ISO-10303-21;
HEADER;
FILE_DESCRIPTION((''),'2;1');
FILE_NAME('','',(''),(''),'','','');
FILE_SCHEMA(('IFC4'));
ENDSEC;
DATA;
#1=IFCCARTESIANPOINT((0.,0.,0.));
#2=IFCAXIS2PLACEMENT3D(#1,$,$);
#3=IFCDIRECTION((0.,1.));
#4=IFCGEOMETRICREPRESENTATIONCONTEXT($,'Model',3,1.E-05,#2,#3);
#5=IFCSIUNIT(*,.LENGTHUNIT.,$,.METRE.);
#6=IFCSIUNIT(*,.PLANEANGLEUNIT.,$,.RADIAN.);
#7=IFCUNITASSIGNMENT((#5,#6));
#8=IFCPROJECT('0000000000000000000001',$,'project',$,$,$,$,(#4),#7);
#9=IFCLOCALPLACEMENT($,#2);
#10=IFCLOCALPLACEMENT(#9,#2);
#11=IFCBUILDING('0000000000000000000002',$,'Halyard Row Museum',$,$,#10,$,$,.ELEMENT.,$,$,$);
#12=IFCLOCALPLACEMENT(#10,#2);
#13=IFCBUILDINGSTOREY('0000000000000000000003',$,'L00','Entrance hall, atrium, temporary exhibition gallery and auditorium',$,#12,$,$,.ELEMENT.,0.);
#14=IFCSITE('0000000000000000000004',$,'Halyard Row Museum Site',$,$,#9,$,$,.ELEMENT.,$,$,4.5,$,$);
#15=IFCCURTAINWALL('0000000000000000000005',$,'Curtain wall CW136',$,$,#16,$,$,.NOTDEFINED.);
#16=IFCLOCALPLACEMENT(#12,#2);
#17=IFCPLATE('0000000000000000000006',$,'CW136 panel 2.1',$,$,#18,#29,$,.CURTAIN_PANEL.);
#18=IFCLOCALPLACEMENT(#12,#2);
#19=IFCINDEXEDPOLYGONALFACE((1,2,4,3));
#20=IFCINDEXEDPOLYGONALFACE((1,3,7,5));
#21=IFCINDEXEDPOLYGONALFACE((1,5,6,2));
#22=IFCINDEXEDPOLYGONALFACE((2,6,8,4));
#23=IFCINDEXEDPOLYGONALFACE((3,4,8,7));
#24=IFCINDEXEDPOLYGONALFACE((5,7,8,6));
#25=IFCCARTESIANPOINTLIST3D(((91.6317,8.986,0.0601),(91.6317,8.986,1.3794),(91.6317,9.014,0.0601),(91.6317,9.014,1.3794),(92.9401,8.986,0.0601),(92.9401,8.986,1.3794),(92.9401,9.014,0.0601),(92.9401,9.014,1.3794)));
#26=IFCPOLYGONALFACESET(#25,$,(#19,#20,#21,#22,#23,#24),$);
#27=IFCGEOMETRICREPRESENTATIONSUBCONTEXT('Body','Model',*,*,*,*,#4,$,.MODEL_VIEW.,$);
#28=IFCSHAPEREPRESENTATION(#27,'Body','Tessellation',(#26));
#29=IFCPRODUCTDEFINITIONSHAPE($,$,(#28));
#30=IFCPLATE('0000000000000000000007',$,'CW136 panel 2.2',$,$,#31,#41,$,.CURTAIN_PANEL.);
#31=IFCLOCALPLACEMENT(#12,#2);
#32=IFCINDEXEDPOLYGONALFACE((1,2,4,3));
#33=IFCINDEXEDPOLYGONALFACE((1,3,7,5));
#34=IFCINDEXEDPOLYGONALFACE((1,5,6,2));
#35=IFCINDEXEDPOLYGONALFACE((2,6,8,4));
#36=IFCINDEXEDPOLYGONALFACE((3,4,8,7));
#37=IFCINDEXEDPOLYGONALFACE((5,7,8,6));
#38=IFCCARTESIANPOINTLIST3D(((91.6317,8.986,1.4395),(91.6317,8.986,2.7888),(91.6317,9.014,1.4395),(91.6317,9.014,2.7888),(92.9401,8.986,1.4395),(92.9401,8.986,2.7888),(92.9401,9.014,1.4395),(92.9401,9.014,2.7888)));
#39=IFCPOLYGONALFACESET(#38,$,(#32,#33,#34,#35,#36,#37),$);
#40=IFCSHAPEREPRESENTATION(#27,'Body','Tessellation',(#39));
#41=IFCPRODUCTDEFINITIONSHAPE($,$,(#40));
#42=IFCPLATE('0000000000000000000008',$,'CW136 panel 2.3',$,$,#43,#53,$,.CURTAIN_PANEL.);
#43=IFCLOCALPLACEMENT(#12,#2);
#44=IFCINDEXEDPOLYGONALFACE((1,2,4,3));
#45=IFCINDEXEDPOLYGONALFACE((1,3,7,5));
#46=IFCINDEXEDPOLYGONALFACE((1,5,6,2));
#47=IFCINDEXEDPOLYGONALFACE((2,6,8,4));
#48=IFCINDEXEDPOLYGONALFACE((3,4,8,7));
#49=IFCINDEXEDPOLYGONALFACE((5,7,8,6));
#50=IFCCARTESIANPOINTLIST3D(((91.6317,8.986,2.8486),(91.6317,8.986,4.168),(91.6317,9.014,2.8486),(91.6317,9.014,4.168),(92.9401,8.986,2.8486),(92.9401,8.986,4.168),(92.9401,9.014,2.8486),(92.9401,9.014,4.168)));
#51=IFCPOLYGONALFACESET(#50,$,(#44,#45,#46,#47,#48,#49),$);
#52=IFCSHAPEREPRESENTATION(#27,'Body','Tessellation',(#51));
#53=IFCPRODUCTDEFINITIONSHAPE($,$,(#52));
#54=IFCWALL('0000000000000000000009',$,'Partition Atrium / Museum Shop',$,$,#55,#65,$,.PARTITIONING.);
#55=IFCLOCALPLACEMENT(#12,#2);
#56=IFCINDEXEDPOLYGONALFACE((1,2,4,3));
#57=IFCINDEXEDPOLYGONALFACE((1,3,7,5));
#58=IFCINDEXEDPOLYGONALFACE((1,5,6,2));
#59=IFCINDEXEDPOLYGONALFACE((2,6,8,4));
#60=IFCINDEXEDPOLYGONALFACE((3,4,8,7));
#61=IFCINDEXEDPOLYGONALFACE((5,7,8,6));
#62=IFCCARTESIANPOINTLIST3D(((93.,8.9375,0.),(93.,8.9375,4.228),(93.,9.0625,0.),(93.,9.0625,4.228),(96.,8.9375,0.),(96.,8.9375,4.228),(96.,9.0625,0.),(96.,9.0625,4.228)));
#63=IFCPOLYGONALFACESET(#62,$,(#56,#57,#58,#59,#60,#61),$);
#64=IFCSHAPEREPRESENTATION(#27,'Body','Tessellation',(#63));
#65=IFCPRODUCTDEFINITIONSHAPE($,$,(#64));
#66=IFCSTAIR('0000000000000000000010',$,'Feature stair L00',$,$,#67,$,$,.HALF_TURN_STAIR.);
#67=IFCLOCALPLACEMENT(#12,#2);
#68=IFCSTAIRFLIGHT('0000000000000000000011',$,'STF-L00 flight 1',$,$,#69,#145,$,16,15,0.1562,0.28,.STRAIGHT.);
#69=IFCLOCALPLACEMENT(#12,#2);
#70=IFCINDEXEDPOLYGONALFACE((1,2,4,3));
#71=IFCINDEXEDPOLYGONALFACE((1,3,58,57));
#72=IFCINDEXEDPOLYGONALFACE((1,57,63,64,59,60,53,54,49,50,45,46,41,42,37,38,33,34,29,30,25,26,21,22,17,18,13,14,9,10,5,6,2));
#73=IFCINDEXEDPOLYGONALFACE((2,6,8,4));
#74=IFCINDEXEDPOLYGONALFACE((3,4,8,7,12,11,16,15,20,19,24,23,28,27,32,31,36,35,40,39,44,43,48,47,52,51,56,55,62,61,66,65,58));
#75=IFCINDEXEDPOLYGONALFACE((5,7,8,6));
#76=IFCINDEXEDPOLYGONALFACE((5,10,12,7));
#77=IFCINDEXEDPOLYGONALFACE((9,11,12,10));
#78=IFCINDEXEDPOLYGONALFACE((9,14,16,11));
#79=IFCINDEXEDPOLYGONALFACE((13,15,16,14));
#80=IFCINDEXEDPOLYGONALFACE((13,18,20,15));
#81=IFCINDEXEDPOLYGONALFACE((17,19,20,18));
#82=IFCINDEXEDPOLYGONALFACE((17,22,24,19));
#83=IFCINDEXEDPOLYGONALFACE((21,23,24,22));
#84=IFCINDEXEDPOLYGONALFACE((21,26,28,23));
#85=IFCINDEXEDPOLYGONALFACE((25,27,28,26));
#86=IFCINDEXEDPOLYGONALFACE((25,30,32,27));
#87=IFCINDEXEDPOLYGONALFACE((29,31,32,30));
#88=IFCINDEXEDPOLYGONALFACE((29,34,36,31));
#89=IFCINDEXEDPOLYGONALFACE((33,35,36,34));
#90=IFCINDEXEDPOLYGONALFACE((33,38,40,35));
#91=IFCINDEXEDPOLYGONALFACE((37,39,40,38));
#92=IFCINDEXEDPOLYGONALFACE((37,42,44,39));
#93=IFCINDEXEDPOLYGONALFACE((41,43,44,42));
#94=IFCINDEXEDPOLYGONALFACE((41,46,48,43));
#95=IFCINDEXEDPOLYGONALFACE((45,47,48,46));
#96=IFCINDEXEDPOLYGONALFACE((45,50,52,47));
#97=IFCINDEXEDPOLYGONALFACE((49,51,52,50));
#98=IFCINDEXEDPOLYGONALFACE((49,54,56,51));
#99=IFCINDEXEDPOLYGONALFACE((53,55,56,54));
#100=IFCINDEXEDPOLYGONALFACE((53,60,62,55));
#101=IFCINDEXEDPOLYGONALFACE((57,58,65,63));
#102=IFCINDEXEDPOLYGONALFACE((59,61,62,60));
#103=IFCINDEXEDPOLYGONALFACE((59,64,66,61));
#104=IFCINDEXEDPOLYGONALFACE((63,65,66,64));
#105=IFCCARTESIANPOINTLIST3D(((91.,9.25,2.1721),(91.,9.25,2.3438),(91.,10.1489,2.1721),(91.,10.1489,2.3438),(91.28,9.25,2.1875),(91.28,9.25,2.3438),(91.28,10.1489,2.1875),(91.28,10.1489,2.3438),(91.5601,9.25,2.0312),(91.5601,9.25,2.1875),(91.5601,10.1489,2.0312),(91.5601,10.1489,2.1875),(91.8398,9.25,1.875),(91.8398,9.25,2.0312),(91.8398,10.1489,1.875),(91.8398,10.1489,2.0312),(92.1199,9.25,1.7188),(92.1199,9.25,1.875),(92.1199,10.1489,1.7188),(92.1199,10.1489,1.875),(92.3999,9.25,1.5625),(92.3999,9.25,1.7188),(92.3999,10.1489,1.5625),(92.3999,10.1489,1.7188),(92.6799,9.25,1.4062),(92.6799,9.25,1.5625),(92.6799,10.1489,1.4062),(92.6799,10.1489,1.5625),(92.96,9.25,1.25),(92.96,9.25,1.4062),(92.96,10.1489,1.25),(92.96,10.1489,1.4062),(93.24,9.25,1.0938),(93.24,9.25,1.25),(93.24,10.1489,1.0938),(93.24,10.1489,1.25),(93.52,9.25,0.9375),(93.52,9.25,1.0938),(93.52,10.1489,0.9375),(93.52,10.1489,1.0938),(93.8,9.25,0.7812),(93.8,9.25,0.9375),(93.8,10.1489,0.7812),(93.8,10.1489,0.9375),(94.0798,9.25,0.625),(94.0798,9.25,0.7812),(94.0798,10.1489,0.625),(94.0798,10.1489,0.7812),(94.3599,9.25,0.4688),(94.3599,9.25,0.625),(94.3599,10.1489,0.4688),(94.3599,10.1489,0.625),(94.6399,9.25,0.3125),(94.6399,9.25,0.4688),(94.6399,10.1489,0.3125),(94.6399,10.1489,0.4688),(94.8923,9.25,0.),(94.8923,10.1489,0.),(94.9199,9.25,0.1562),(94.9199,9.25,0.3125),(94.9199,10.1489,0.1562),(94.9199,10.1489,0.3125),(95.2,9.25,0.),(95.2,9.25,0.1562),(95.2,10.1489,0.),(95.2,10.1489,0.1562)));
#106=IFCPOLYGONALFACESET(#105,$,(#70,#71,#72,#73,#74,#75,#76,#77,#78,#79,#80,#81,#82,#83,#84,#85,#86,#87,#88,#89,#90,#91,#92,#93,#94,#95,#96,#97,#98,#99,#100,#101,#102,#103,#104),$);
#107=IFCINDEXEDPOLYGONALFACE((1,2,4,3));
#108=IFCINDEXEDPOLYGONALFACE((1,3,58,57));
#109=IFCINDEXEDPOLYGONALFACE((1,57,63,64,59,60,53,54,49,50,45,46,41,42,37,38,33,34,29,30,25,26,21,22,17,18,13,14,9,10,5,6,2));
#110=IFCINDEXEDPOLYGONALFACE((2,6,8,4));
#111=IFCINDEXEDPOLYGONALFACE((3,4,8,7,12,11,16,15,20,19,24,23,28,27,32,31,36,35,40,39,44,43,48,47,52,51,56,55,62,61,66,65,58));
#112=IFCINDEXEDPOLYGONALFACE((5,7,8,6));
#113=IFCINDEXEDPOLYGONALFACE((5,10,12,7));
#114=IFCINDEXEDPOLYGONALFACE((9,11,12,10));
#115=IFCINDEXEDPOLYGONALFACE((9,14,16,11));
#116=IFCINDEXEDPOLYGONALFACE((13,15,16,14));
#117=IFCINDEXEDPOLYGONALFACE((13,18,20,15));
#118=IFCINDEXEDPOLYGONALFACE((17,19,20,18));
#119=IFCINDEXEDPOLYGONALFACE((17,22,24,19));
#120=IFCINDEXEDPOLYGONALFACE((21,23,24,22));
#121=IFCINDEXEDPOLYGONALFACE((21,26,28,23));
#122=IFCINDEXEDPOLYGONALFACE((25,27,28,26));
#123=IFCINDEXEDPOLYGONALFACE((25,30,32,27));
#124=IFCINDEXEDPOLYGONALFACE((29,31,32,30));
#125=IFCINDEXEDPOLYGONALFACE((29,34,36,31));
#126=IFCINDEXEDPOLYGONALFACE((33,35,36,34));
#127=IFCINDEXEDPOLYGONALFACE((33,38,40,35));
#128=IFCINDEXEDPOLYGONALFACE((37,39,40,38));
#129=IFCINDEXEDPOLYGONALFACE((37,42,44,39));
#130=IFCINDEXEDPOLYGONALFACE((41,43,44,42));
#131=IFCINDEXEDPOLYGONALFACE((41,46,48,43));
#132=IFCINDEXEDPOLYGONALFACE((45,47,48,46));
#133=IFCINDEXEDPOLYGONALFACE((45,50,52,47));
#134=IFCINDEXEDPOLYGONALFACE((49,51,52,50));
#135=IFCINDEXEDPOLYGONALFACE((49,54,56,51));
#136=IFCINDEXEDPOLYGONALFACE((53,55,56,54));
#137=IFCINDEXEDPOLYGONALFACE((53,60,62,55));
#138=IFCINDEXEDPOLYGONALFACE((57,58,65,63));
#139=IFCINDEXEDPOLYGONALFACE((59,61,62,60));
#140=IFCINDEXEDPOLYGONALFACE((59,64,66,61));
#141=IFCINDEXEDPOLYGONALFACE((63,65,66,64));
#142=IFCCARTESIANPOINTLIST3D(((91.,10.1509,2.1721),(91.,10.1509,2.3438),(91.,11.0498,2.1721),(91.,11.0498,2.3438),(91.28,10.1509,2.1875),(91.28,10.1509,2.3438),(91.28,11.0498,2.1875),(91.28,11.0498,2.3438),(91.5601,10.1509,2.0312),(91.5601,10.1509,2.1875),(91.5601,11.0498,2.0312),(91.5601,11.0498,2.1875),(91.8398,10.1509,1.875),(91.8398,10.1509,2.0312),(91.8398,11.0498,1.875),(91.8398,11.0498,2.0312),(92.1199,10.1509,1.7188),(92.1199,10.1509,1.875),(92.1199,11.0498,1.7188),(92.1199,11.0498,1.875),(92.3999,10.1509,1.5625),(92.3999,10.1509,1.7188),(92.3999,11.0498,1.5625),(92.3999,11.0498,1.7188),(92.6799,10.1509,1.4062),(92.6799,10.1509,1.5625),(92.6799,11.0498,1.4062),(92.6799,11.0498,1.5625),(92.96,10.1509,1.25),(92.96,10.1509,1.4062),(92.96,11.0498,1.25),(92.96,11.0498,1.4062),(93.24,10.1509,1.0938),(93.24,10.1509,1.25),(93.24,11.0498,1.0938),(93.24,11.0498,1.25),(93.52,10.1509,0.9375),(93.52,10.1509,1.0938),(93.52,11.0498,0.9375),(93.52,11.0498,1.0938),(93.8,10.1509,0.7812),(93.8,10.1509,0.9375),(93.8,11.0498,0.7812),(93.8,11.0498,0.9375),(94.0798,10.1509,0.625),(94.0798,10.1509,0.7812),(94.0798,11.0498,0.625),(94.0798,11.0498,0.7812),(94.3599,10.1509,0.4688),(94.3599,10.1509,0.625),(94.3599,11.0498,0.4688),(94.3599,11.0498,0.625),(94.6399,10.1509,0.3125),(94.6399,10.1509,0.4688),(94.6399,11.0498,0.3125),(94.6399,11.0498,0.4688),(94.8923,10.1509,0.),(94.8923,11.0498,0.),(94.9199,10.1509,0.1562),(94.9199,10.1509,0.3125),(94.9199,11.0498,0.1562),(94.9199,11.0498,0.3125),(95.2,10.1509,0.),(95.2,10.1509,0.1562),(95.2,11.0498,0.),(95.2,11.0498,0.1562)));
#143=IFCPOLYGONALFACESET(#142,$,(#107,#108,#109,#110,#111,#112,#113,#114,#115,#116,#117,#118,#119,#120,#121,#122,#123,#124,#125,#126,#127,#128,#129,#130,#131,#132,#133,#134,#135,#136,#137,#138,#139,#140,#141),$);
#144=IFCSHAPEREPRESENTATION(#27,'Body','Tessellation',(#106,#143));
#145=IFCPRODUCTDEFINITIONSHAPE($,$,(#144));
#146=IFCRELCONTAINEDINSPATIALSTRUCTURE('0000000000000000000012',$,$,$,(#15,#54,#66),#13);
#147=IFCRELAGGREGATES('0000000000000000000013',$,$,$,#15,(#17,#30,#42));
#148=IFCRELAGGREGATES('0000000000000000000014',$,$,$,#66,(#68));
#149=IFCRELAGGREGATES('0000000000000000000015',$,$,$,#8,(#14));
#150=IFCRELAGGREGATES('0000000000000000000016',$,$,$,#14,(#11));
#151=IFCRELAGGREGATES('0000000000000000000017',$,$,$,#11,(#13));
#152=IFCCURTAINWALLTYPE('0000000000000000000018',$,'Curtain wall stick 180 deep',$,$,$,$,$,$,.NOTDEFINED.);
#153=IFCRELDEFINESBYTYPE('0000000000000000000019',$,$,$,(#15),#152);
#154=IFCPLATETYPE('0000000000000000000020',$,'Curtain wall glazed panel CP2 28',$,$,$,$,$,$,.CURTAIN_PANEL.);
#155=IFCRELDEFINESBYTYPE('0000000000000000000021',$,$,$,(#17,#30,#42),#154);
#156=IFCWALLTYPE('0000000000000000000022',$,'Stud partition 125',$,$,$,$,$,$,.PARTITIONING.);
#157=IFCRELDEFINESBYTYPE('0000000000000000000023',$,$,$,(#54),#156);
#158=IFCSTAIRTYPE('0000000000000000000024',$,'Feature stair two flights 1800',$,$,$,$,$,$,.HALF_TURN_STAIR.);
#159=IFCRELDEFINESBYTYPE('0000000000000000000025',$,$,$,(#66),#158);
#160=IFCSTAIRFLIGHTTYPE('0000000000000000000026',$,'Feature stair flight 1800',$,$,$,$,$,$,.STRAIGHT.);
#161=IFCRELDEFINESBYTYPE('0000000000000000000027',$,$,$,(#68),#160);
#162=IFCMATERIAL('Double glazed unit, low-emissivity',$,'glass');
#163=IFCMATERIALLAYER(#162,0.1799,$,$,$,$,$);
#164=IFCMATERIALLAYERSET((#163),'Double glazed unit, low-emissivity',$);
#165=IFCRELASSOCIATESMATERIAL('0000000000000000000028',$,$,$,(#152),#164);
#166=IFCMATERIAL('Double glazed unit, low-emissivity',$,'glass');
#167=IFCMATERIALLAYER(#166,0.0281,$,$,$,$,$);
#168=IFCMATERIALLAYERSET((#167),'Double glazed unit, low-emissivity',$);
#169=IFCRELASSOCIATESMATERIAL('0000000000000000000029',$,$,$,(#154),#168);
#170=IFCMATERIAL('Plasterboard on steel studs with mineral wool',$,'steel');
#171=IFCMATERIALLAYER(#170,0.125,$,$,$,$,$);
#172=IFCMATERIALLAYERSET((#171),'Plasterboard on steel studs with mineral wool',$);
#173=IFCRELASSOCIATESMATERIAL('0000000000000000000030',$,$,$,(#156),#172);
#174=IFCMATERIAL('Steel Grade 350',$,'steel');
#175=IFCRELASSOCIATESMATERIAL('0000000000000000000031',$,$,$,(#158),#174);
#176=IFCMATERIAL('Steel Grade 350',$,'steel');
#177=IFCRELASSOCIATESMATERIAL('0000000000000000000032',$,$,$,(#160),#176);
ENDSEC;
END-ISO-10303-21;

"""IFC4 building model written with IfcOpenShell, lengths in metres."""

from ifc_helpers import new_model, si_unit, direction, frame, frame_2d, origin, origin_2d, place, context, subcontext, project, spatial, polyline, rectangle, outline, extrude, material, layer, layer_set, type_object, element, aggregate, save


model = new_model("IFC4")

# Units and contexts
model_context = context("Model", 3, precision=1e-05, world=origin(), true_north=direction((0.0, 1.0)))
body_context = subcontext(model_context, "Body", "Model", "MODEL_VIEW")
ifc_project = project(units=[si_unit("LENGTHUNIT", "METRE"), si_unit("PLANEANGLEUNIT", "RADIAN")], contexts=[model_context])

# Site, building, storey
site_placement = place(None, origin())
site = spatial("IfcSite", under=ifc_project, at=site_placement, Name="Halyard Row Museum Site", CompositionType="ELEMENT", RefElevation=4.5)
building_placement = place(site_placement, origin())
building = spatial("IfcBuilding", under=site, at=building_placement, Name="Halyard Row Museum", CompositionType="ELEMENT")
storey_placement = place(building_placement, origin())
storey = spatial("IfcBuildingStorey", under=building, at=storey_placement, Name="L00", Description="Entrance hall, atrium, temporary exhibition gallery and auditorium", CompositionType="ELEMENT", Elevation=0.0)

# Curtain wall
ifc_material_1 = material(Name="Double glazed unit, low-emissivity", Category="glass")
ifc_layer_1 = layer(ifc_material_1, 0.1799)
ifc_layer_set_1 = layer_set([ifc_layer_1], Name="Double glazed unit, low-emissivity")
curtain_wall_type = type_object("IfcCurtainWallType", Name="Curtain wall stick 180 deep", PredefinedType="NOTDEFINED", material=ifc_layer_set_1)
curtain_wall_1_placement = place(storey_placement, origin())
curtain_wall_1 = element("IfcCurtainWall", 1, at=curtain_wall_1_placement, inside=storey, type_object=curtain_wall_type, Name="Curtain wall CW136", PredefinedType="NOTDEFINED")

# Plates
ifc_material_2 = material(Name="Double glazed unit, low-emissivity", Category="glass")
ifc_layer_2 = layer(ifc_material_2, 0.0281)
ifc_layer_set_2 = layer_set([ifc_layer_2], Name="Double glazed unit, low-emissivity")
plate_type = type_object("IfcPlateType", Name="Curtain wall glazed panel CP2 28", PredefinedType="CURTAIN_PANEL", material=ifc_layer_set_2)
plate_1_placement = place(storey_placement, frame((92.2859, 9.0, 0.0601), z_axis=(0.0, 0.0, 1.0), x_axis=(1.0, 0.0, 0.0)))
plate_1 = element("IfcPlate", 2, at=plate_1_placement, type_object=plate_type, Name="CW136 panel 2.1", PredefinedType="CURTAIN_PANEL", context=body_context, shape_type="SweptSolid", body=[
    extrude(rectangle(XDim=1.3083, YDim=0.0281, at=origin_2d()), origin(), (0.0, 0.0, 1.0), 1.3193),
])
plate_2_placement = place(storey_placement, frame((92.2859, 9.0, 1.4395), z_axis=(0.0, 0.0, 1.0), x_axis=(1.0, 0.0, 0.0)))
plate_2 = element("IfcPlate", 3, at=plate_2_placement, type_object=plate_type, Name="CW136 panel 2.2", PredefinedType="CURTAIN_PANEL", context=body_context, shape_type="SweptSolid", body=[
    extrude(rectangle(XDim=1.3083, YDim=0.0281, at=origin_2d()), origin(), (0.0, 0.0, 1.0), 1.3494),
])
plate_3_placement = place(storey_placement, frame((92.2859, 9.0, 2.8486), z_axis=(0.0, 0.0, 1.0), x_axis=(1.0, 0.0, 0.0)))
plate_3 = element("IfcPlate", 4, at=plate_3_placement, type_object=plate_type, Name="CW136 panel 2.3", PredefinedType="CURTAIN_PANEL", context=body_context, shape_type="SweptSolid", body=[
    extrude(rectangle(XDim=1.3083, YDim=0.0281, at=origin_2d()), origin(), (0.0, 0.0, 1.0), 1.3193),
])
aggregate(curtain_wall_1, [plate_1, plate_2, plate_3])

# Wall
ifc_material_3 = material(Name="Plasterboard on steel studs with mineral wool", Category="steel")
ifc_layer_3 = layer(ifc_material_3, 0.125)
ifc_layer_set_3 = layer_set([ifc_layer_3], Name="Plasterboard on steel studs with mineral wool")
wall_type = type_object("IfcWallType", Name="Stud partition 125", PredefinedType="PARTITIONING", material=ifc_layer_set_3)
wall_placement = place(storey_placement, frame((93.0, 9.0, 0.0), z_axis=(0.0, 0.0, 1.0), x_axis=(1.0, 0.0, 0.0)))
element("IfcWall", 5, at=wall_placement, inside=storey, type_object=wall_type, Name="Partition Atrium / Museum Shop", PredefinedType="PARTITIONING", context=body_context, shape_type="SweptSolid", body=[
    extrude(rectangle(XDim=3.0, YDim=0.125, at=frame_2d((1.5, 0.0))), origin(), (0.0, 0.0, 1.0), 4.228),
])

# Stair, stair flight
ifc_material_4 = material(Name="Steel Grade 350", Category="steel")
stair_type = type_object("IfcStairType", Name="Feature stair two flights 1800", PredefinedType="HALF_TURN_STAIR", material=ifc_material_4)
stair_placement = place(storey_placement, origin())
stair = element("IfcStair", 6, at=stair_placement, inside=storey, type_object=stair_type, Name="Feature stair L00", PredefinedType="HALF_TURN_STAIR")
ifc_material_5 = material(Name="Steel Grade 350", Category="steel")
stair_flight_type = type_object("IfcStairFlightType", Name="Feature stair flight 1800", PredefinedType="STRAIGHT", material=ifc_material_5)
stair_flight_placement = place(storey_placement, frame((95.2, 10.1499, 0.0), z_axis=(0.0, 0.0, 1.0), x_axis=(-1.0, 0.0, 0.0)))
stair_flight = element("IfcStairFlight", 7, at=stair_flight_placement, type_object=stair_flight_type, Name="STF-L00 flight 1", NumberOfRisers=16, NumberOfTreads=15, PredefinedType="STRAIGHT", RiserHeight=0.1562, TreadLength=0.28, context=body_context, shape_type="SweptSolid", body=[
    extrude(outline(polyline([(0.0, 0.0), (0.0, 0.1562), (0.28, 0.1562), (0.28, 0.3125), (0.5601, 0.3125), (0.5601, 0.4688), (0.8401, 0.4688), (0.8401, 0.625), (1.1201, 0.625), (1.1201, 0.7812), (1.3999, 0.7812), (1.3999, 0.9375), (1.6799, 0.9375), (1.6799, 1.0938), (1.96, 1.0938), (1.96, 1.25), (2.24, 1.25), (2.24, 1.4062), (2.52, 1.4062), (2.52, 1.5625), (2.8, 1.5625), (2.8, 1.7188), (3.0801, 1.7188), (3.0801, 1.875), (3.3601, 1.875), (3.3601, 2.0312), (3.6399, 2.0312), (3.6399, 2.1875), (3.9199, 2.1875), (3.9199, 2.3438), (4.2, 2.3438), (4.2, 2.5), (4.2, 2.1721), (0.3076, 0.0), (0.0, 0.0)])), frame((0.0, 0.8999, 0.0), z_axis=(0.0, -1.0, 0.0), x_axis=(1.0, 0.0, 0.0)), (0.0, 0.0, 1.0), 0.8989),
    extrude(outline(polyline([(0.0, 0.0), (0.0, 0.1562), (0.28, 0.1562), (0.28, 0.3125), (0.5601, 0.3125), (0.5601, 0.4688), (0.8401, 0.4688), (0.8401, 0.625), (1.1201, 0.625), (1.1201, 0.7812), (1.3999, 0.7812), (1.3999, 0.9375), (1.6799, 0.9375), (1.6799, 1.0938), (1.96, 1.0938), (1.96, 1.25), (2.24, 1.25), (2.24, 1.4062), (2.52, 1.4062), (2.52, 1.5625), (2.8, 1.5625), (2.8, 1.7188), (3.0801, 1.7188), (3.0801, 1.875), (3.3601, 1.875), (3.3601, 2.0312), (3.6399, 2.0312), (3.6399, 2.1875), (3.9199, 2.1875), (3.9199, 2.3438), (4.2, 2.3438), (4.2, 2.5), (4.2, 2.1721), (0.3076, 0.0), (0.0, 0.0)])), frame((0.0, -0.001, 0.0), z_axis=(0.0, -1.0, 0.0), x_axis=(1.0, 0.0, 0.0)), (0.0, 0.0, 1.0), 0.8989),
])
aggregate(stair, [stair_flight])

save(model, "model.ifc")
